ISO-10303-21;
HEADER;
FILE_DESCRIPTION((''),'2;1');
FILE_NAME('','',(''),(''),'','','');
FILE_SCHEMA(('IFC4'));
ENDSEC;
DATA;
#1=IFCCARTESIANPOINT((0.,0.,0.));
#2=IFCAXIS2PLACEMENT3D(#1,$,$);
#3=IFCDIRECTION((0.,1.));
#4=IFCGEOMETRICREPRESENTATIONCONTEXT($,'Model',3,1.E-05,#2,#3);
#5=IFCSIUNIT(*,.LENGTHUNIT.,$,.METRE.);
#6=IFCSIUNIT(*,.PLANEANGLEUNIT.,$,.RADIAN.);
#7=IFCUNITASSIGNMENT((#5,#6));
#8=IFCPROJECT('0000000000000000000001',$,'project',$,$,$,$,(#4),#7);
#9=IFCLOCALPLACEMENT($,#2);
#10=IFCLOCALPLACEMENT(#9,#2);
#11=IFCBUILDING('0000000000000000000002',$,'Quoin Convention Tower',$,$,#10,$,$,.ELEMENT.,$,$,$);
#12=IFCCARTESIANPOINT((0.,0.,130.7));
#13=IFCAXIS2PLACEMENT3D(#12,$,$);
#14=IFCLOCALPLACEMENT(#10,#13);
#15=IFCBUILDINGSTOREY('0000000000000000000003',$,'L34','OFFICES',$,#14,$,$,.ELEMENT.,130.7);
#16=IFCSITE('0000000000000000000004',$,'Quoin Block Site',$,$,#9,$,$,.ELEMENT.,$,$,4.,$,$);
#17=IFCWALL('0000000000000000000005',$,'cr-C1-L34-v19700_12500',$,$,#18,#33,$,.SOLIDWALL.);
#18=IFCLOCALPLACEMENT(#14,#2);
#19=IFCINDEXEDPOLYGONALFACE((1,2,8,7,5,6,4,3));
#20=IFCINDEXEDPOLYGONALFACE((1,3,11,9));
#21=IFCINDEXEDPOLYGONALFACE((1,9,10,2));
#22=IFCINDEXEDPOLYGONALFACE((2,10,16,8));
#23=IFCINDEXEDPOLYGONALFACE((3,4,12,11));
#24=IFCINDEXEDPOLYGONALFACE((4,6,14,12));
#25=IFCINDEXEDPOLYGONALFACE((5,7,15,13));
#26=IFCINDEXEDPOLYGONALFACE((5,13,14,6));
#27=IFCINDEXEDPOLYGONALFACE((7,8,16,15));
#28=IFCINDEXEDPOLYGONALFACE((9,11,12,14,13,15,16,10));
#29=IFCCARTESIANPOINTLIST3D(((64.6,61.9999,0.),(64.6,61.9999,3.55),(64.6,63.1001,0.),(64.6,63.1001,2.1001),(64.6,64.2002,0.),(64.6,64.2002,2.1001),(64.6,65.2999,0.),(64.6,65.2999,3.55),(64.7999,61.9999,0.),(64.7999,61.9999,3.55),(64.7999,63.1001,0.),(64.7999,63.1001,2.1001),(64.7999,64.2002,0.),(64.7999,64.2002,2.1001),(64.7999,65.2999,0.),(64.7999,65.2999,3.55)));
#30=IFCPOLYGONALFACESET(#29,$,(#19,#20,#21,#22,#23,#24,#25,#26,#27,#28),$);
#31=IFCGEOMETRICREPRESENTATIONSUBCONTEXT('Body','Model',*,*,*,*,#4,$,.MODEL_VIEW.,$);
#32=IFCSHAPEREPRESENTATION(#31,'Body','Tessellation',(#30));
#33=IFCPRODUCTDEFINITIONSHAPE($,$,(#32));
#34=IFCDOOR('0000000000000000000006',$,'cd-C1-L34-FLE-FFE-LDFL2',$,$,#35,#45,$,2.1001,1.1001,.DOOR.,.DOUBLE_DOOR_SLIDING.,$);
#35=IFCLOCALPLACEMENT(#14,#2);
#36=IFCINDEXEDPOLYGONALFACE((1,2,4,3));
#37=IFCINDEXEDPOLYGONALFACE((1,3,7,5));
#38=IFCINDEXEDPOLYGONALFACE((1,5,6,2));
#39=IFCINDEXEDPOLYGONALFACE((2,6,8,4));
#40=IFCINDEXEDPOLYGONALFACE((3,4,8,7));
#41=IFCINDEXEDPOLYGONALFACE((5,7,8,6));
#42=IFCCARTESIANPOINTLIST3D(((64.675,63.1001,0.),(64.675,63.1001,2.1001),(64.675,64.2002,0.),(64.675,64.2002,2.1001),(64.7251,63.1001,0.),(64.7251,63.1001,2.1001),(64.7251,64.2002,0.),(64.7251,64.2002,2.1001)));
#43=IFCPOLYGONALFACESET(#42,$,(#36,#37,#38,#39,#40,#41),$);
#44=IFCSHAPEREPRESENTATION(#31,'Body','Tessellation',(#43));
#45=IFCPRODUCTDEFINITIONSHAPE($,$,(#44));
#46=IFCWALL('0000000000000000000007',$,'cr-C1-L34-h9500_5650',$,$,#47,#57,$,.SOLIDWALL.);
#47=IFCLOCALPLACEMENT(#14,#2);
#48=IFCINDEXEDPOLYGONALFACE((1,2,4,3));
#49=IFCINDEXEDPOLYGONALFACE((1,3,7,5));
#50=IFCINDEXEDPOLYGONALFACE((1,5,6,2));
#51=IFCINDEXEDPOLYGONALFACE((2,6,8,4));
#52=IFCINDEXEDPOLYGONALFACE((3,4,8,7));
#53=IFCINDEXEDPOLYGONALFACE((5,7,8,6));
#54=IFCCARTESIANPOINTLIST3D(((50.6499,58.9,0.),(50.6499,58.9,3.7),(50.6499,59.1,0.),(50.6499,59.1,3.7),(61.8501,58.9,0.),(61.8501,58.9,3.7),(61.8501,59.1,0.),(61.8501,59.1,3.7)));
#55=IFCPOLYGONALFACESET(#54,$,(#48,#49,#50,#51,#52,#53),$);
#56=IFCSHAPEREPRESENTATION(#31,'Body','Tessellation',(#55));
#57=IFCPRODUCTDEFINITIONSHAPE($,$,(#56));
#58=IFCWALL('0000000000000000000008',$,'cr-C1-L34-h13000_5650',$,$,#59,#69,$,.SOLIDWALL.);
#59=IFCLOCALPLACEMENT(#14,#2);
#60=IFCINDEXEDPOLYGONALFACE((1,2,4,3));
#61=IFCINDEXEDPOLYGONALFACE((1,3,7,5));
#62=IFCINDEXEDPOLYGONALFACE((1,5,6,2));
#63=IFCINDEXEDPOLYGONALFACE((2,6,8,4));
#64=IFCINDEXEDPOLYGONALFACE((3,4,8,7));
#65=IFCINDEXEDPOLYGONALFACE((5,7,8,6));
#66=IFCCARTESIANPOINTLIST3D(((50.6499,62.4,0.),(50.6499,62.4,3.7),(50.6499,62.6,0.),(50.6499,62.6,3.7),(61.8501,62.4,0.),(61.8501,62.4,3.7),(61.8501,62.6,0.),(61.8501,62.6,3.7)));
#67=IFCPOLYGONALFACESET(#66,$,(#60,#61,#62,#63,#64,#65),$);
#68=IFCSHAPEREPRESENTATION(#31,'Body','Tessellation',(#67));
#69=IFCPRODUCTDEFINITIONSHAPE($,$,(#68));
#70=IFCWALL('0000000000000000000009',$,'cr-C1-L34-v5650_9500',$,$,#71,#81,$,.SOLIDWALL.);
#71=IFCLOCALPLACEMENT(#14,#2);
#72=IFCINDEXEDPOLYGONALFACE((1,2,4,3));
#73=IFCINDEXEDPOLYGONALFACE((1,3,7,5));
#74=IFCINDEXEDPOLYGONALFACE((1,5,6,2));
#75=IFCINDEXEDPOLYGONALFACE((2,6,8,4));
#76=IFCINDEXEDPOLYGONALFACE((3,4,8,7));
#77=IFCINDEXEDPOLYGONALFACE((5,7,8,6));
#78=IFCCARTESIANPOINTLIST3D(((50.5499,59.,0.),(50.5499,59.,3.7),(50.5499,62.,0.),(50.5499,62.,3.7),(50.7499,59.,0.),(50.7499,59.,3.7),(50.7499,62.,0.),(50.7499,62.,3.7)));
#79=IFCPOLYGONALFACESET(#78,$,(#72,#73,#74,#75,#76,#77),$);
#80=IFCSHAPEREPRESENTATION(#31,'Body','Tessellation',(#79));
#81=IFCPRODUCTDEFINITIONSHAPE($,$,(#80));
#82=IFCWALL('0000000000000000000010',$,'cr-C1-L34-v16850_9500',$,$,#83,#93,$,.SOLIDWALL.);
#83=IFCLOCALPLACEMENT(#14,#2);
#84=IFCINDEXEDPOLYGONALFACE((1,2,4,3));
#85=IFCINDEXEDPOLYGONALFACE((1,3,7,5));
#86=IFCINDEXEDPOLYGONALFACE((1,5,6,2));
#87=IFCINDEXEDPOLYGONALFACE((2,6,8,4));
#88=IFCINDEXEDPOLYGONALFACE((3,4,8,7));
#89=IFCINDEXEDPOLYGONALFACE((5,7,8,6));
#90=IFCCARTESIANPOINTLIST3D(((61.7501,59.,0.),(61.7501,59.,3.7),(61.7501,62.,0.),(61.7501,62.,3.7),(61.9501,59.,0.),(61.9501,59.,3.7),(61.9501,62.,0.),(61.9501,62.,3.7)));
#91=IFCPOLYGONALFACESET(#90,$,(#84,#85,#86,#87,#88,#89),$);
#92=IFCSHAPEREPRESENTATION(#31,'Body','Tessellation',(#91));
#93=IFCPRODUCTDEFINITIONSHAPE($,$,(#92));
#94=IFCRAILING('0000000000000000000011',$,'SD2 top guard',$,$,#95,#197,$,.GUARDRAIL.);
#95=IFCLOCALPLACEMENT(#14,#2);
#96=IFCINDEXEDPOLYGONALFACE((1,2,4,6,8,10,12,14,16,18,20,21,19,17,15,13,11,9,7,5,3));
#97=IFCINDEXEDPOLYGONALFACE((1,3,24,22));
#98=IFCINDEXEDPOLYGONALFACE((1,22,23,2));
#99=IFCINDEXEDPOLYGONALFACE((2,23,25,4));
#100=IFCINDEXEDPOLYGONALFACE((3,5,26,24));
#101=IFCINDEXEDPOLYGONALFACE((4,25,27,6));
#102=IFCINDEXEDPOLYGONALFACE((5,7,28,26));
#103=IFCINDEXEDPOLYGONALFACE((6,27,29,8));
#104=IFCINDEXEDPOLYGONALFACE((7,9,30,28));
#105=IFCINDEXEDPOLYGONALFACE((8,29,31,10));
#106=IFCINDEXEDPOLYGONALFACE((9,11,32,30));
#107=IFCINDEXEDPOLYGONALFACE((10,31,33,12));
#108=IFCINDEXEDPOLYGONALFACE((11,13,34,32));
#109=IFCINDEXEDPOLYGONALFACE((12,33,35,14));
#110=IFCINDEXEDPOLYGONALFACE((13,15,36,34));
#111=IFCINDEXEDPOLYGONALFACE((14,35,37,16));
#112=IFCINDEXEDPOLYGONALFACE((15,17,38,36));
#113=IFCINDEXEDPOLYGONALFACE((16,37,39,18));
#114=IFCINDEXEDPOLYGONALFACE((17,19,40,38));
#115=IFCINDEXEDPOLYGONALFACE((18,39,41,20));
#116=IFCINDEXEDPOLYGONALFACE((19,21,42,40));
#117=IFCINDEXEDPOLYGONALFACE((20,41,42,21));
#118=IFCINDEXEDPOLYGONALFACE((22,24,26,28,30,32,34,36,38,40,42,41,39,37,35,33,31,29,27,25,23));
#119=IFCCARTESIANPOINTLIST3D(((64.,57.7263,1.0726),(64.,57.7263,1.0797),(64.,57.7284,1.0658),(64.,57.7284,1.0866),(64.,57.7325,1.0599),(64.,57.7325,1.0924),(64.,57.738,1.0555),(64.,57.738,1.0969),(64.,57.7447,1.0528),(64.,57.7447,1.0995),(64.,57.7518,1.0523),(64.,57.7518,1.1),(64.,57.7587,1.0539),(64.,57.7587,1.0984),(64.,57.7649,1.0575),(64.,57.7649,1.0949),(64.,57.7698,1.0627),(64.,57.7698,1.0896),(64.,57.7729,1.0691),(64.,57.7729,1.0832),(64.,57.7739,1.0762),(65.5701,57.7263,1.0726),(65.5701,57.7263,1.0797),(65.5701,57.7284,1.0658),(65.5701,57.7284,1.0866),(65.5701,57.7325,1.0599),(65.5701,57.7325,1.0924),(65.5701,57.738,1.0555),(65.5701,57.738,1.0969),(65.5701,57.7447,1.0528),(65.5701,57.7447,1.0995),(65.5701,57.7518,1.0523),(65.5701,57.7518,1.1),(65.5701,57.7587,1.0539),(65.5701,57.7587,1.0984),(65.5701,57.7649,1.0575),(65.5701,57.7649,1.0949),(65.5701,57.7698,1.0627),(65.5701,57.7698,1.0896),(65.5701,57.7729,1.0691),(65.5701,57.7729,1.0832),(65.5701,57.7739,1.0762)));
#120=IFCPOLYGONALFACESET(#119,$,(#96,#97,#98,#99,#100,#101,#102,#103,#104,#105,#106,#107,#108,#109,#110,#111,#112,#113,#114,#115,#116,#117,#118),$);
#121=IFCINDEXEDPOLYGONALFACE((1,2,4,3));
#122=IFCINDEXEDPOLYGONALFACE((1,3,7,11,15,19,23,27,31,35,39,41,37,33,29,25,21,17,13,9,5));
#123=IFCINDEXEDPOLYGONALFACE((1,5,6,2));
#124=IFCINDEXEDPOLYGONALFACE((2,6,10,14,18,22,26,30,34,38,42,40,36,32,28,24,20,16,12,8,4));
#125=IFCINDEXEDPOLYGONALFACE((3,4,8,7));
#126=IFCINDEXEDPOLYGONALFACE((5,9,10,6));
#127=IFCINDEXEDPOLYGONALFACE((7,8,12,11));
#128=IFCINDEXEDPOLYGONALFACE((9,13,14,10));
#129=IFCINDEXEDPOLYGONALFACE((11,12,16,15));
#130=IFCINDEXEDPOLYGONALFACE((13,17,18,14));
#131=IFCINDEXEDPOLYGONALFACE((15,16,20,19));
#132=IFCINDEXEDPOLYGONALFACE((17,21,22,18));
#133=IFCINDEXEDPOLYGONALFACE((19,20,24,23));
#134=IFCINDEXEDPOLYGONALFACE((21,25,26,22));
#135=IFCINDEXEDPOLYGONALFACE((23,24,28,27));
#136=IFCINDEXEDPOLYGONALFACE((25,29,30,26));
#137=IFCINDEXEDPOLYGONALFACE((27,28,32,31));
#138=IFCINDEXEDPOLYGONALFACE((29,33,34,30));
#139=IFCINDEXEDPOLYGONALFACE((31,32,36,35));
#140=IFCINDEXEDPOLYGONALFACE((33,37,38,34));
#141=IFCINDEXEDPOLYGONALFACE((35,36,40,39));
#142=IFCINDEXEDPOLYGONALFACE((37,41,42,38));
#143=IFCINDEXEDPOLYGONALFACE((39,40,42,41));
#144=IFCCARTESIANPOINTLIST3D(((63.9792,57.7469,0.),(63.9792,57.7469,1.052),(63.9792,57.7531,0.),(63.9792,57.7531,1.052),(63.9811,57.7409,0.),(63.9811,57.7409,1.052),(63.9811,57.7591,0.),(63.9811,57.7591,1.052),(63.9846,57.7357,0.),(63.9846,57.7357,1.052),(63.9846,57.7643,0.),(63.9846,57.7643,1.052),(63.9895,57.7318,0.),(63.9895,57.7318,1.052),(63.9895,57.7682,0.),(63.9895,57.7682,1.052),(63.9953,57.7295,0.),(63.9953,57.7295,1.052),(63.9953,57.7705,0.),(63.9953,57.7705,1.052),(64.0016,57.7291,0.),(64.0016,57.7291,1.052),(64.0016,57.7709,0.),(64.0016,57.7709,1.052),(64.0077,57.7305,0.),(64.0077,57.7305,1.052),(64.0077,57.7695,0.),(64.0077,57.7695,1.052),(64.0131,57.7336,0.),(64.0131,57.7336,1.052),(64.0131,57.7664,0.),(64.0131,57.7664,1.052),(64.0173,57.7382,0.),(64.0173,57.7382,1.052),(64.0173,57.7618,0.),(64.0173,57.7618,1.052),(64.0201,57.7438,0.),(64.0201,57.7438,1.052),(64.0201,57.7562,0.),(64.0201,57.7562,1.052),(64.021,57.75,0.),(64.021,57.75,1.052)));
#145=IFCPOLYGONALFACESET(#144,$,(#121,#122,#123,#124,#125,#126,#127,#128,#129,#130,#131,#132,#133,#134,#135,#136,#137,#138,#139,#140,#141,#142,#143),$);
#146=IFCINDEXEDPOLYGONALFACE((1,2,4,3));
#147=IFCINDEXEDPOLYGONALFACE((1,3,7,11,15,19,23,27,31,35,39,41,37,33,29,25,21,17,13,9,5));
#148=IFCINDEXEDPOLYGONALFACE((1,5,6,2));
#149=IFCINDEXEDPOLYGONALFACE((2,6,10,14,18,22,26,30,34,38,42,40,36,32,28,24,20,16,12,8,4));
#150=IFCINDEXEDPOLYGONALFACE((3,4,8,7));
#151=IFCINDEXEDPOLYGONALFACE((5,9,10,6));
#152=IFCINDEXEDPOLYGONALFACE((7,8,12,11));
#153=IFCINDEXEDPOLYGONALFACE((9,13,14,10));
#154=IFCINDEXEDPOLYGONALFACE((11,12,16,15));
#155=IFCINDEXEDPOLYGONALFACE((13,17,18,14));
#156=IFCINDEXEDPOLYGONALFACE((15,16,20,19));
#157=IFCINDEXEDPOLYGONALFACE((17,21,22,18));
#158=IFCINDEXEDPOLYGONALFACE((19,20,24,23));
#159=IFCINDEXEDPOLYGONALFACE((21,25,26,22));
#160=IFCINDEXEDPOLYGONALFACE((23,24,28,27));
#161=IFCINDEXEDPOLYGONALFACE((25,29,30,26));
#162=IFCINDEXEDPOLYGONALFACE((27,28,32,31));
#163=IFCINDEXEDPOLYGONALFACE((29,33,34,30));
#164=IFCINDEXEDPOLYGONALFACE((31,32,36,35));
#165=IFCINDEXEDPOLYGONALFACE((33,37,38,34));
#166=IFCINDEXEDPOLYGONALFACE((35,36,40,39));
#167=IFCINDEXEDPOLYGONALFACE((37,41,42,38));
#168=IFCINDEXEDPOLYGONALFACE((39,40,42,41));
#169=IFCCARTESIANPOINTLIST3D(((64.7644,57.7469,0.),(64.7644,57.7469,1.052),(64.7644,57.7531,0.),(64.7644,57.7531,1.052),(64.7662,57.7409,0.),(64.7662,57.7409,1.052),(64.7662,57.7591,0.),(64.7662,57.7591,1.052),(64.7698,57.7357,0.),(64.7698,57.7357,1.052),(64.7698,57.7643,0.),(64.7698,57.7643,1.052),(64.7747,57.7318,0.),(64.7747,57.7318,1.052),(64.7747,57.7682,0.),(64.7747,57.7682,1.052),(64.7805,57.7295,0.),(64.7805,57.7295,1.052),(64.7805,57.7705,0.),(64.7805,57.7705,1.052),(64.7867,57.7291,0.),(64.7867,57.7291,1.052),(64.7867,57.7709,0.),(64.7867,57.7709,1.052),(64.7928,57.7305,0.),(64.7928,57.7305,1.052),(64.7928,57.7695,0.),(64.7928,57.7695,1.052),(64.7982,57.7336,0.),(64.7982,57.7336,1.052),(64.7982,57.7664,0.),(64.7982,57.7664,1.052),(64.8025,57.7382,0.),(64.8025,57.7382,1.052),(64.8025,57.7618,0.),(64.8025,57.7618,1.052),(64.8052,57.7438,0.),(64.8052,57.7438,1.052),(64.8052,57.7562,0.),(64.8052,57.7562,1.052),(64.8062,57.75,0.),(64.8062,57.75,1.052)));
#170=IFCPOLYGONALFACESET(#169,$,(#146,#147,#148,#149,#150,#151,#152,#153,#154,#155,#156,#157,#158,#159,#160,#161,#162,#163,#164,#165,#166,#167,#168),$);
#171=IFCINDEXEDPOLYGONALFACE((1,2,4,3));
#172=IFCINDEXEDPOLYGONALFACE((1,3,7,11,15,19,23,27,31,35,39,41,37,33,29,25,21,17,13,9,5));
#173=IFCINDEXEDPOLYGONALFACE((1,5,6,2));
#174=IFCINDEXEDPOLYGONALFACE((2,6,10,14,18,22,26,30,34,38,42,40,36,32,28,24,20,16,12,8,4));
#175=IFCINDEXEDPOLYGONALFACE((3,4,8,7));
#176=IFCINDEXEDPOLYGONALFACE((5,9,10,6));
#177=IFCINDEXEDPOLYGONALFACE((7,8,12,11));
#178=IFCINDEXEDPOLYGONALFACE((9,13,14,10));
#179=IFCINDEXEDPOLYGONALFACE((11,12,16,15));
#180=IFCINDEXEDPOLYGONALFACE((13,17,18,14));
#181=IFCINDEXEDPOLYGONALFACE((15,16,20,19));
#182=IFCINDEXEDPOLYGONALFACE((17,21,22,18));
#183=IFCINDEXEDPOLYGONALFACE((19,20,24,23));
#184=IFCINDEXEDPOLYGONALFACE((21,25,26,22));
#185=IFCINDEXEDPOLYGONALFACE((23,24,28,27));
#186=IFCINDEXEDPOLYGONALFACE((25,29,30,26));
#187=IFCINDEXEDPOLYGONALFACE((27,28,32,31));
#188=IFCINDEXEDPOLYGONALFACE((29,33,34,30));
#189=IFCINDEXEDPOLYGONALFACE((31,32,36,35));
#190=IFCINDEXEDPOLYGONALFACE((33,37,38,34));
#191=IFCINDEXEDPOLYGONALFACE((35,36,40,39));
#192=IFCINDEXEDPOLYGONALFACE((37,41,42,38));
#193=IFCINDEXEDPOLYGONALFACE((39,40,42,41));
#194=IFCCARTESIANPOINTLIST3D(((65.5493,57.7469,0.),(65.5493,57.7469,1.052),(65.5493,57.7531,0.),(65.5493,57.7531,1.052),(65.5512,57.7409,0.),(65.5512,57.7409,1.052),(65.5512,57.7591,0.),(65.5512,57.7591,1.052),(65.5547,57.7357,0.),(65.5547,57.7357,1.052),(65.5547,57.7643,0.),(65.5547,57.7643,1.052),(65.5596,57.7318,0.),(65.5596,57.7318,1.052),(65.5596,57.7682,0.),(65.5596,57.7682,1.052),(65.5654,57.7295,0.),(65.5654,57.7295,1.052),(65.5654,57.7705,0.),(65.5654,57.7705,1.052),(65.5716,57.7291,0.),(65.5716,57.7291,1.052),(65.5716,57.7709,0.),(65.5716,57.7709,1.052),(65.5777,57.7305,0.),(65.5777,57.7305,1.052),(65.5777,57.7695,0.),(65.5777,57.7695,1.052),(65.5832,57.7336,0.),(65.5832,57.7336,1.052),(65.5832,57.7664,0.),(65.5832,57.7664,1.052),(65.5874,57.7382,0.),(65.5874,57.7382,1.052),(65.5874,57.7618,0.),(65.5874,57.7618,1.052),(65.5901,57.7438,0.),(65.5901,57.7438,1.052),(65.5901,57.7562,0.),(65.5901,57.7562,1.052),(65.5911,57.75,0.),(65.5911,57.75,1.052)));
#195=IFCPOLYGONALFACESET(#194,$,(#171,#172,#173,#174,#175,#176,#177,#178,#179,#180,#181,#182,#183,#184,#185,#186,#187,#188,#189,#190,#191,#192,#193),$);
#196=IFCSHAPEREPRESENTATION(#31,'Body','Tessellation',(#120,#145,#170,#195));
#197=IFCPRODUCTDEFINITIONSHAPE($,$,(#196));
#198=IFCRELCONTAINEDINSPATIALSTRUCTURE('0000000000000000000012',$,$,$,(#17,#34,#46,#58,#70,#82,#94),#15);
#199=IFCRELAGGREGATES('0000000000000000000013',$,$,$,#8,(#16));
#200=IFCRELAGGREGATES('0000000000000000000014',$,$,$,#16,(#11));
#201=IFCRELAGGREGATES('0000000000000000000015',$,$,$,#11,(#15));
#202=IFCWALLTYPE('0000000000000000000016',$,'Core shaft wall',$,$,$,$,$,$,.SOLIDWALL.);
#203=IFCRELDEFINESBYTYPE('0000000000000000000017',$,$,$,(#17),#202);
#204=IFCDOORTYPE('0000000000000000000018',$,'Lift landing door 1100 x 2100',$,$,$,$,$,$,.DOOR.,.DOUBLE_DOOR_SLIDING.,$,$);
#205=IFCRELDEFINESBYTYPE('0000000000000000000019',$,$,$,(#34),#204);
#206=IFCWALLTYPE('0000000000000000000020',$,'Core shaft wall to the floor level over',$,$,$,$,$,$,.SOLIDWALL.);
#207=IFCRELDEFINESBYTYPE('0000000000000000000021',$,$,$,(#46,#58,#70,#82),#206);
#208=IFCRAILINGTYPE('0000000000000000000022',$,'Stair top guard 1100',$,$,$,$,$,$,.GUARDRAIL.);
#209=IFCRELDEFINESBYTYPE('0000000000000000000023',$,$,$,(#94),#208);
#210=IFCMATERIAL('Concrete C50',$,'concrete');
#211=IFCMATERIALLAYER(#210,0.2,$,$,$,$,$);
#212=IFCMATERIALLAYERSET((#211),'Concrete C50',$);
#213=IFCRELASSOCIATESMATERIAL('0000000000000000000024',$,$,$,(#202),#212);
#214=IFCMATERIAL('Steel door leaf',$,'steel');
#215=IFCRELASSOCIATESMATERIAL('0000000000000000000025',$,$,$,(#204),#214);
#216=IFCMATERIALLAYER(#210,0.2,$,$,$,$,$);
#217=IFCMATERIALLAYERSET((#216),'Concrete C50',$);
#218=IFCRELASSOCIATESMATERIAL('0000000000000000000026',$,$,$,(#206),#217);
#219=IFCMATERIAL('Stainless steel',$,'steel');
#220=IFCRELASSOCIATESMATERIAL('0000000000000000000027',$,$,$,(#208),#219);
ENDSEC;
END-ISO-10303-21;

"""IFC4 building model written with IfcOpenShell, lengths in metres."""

from ifc_helpers import new_model, si_unit, direction, frame, frame_2d, origin, origin_2d, place, context, subcontext, project, spatial, rectangle, circle, extrude, material, layer, layer_set, type_object, element, fill, save


model = new_model("IFC4")

# Units and contexts
model_context = context("Model", 3, precision=1e-05, world=origin(), true_north=direction((0.0, 1.0)))
body_context = subcontext(model_context, "Body", "Model", "MODEL_VIEW")
ifc_project = project(units=[si_unit("LENGTHUNIT", "METRE"), si_unit("PLANEANGLEUNIT", "RADIAN")], contexts=[model_context])

# Site, building, storey
site_placement = place(None, origin())
site = spatial("IfcSite", under=ifc_project, at=site_placement, Name="Quoin Block Site", CompositionType="ELEMENT", RefElevation=4.0)
building_placement = place(site_placement, origin())
building = spatial("IfcBuilding", under=site, at=building_placement, Name="Quoin Convention Tower", CompositionType="ELEMENT")
storey_placement = place(building_placement, frame((0.0, 0.0, 130.7)))
storey = spatial("IfcBuildingStorey", under=building, at=storey_placement, Name="L34", Description="OFFICES", CompositionType="ELEMENT", Elevation=130.7)

# Shared definitions
ifc_material_1 = material(Name="Steel door leaf", Category="steel")
ifc_material_2 = material(Name="Concrete C50", Category="concrete")
ifc_layer_1 = layer(ifc_material_2, 0.2)
ifc_layer_set_1 = layer_set([ifc_layer_1], Name="Concrete C50")
wall_type_1 = type_object("IfcWallType", Name="Core shaft wall", PredefinedType="SOLIDWALL", material=ifc_layer_set_1)

# Wall, opening, door
wall_1_placement = place(storey_placement, frame((64.7, 62.0, 0.0), z_axis=(0.0, 0.0, 1.0), x_axis=(0.0, 1.0, 0.0)))
wall_1 = element("IfcWall", 1, at=wall_1_placement, inside=storey, type_object=wall_type_1, Name="cr-C1-L34-v19700_12500", PredefinedType="SOLIDWALL", context=body_context, shape_type="SweptSolid", body=[
    extrude(rectangle(XDim=3.3, YDim=0.2, at=frame_2d((1.6499, 0.0))), origin(), (0.0, 0.0, 1.0), 3.55),
])
opening_1_placement = place(wall_1_placement, frame((1.1001, 0.0, 0.0)))
opening_1 = element("IfcOpeningElement", 2, at=opening_1_placement, cuts=wall_1, PredefinedType="OPENING", context=body_context, shape_type="SweptSolid", body=[
    extrude(rectangle(XDim=1.1001, YDim=2.1001, at=frame_2d((0.55, 1.05))), frame((0.0, 0.1099, 0.0), z_axis=(0.0, -1.0, 0.0), x_axis=(1.0, 0.0, 0.0)), (0.0, 0.0, 1.0), 0.22),
])
door_type_1 = type_object("IfcDoorType", Name="Lift landing door 1100 x 2100", OperationType="DOUBLE_DOOR_SLIDING", PredefinedType="DOOR", material=ifc_material_1)
door_1_placement = place(opening_1_placement, origin())
door_1 = element("IfcDoor", 3, at=door_1_placement, inside=storey, type_object=door_type_1, Name="cd-C1-L34-FLE-FFE-LDFL2", OperationType="DOUBLE_DOOR_SLIDING", OverallHeight=2.1001, OverallWidth=1.1001, PredefinedType="DOOR", context=body_context, shape_type="SweptSolid", body=[
    extrude(rectangle(XDim=1.1001, YDim=2.1001, at=frame_2d((0.55, 1.05))), frame((0.0, 0.0249, 0.0), z_axis=(0.0, -1.0, 0.0), x_axis=(1.0, 0.0, 0.0)), (0.0, 0.0, 1.0), 0.05),
])
fill(opening_1, door_1)

# Walls
ifc_layer_2 = layer(ifc_material_2, 0.2)
ifc_layer_set_2 = layer_set([ifc_layer_2], Name="Concrete C50")
wall_type_2 = type_object("IfcWallType", Name="Core shaft wall to the floor level over", PredefinedType="SOLIDWALL", material=ifc_layer_set_2)
for number, where, z_axis, x_axis, name in (
    (4, (50.6499, 59.0, 0.0), (0.0, 0.0, 1.0), (1.0, 0.0, 0.0), "cr-C1-L34-h9500_5650"),
    (5, (50.6499, 62.5, 0.0), (0.0, 0.0, 1.0), (1.0, 0.0, 0.0), "cr-C1-L34-h13000_5650"),
):
    element("IfcWall", number, at=place(storey_placement, frame(where, z_axis=z_axis, x_axis=x_axis)), inside=storey, type_object=wall_type_2, Name=name, PredefinedType="SOLIDWALL", context=body_context, shape_type="SweptSolid", body=[
        extrude(rectangle(XDim=11.2002, YDim=0.2, at=frame_2d((5.6001, 0.0))), origin(), (0.0, 0.0, 1.0), 3.7),
    ])
for number, where, z_axis, x_axis, name in (
    (6, (50.6499, 59.0, 0.0), (0.0, 0.0, 1.0), (0.0, 1.0, 0.0), "cr-C1-L34-v5650_9500"),
    (7, (61.8501, 59.0, 0.0), (0.0, 0.0, 1.0), (0.0, 1.0, 0.0), "cr-C1-L34-v16850_9500"),
):
    element("IfcWall", number, at=place(storey_placement, frame(where, z_axis=z_axis, x_axis=x_axis)), inside=storey, type_object=wall_type_2, Name=name, PredefinedType="SOLIDWALL", context=body_context, shape_type="SweptSolid", body=[
        extrude(rectangle(XDim=3.0, YDim=0.2, at=frame_2d((1.5, 0.0))), origin(), (0.0, 0.0, 1.0), 3.7),
    ])

# Railing
ifc_material_3 = material(Name="Stainless steel", Category="steel")
railing_type = type_object("IfcRailingType", Name="Stair top guard 1100", PredefinedType="GUARDRAIL", material=ifc_material_3)
railing_placement = place(storey_placement, frame((64.0, 57.75, 0.0)))
element("IfcRailing", 8, at=railing_placement, inside=storey, type_object=railing_type, Name="SD2 top guard", PredefinedType="GUARDRAIL", context=body_context, shape_type="SweptSolid", body=[
    extrude(circle(Radius=0.0239, at=origin_2d()), frame((0.0, 0.0, 1.0762), z_axis=(1.0, 0.0, 0.0), x_axis=(0.0, 1.0, 0.0)), (0.0, 0.0, 1.0), 1.5701),
    extrude(circle(Radius=0.021, at=origin_2d()), origin(), (0.0, 0.0, 1.0), 1.052),
    extrude(circle(Radius=0.021, at=origin_2d()), frame((0.7852, 0.0, 0.0)), (0.0, 0.0, 1.0), 1.052),
    extrude(circle(Radius=0.021, at=origin_2d()), frame((1.5701, 0.0, 0.0)), (0.0, 0.0, 1.0), 1.052),
])

save(model, "model.ifc")
